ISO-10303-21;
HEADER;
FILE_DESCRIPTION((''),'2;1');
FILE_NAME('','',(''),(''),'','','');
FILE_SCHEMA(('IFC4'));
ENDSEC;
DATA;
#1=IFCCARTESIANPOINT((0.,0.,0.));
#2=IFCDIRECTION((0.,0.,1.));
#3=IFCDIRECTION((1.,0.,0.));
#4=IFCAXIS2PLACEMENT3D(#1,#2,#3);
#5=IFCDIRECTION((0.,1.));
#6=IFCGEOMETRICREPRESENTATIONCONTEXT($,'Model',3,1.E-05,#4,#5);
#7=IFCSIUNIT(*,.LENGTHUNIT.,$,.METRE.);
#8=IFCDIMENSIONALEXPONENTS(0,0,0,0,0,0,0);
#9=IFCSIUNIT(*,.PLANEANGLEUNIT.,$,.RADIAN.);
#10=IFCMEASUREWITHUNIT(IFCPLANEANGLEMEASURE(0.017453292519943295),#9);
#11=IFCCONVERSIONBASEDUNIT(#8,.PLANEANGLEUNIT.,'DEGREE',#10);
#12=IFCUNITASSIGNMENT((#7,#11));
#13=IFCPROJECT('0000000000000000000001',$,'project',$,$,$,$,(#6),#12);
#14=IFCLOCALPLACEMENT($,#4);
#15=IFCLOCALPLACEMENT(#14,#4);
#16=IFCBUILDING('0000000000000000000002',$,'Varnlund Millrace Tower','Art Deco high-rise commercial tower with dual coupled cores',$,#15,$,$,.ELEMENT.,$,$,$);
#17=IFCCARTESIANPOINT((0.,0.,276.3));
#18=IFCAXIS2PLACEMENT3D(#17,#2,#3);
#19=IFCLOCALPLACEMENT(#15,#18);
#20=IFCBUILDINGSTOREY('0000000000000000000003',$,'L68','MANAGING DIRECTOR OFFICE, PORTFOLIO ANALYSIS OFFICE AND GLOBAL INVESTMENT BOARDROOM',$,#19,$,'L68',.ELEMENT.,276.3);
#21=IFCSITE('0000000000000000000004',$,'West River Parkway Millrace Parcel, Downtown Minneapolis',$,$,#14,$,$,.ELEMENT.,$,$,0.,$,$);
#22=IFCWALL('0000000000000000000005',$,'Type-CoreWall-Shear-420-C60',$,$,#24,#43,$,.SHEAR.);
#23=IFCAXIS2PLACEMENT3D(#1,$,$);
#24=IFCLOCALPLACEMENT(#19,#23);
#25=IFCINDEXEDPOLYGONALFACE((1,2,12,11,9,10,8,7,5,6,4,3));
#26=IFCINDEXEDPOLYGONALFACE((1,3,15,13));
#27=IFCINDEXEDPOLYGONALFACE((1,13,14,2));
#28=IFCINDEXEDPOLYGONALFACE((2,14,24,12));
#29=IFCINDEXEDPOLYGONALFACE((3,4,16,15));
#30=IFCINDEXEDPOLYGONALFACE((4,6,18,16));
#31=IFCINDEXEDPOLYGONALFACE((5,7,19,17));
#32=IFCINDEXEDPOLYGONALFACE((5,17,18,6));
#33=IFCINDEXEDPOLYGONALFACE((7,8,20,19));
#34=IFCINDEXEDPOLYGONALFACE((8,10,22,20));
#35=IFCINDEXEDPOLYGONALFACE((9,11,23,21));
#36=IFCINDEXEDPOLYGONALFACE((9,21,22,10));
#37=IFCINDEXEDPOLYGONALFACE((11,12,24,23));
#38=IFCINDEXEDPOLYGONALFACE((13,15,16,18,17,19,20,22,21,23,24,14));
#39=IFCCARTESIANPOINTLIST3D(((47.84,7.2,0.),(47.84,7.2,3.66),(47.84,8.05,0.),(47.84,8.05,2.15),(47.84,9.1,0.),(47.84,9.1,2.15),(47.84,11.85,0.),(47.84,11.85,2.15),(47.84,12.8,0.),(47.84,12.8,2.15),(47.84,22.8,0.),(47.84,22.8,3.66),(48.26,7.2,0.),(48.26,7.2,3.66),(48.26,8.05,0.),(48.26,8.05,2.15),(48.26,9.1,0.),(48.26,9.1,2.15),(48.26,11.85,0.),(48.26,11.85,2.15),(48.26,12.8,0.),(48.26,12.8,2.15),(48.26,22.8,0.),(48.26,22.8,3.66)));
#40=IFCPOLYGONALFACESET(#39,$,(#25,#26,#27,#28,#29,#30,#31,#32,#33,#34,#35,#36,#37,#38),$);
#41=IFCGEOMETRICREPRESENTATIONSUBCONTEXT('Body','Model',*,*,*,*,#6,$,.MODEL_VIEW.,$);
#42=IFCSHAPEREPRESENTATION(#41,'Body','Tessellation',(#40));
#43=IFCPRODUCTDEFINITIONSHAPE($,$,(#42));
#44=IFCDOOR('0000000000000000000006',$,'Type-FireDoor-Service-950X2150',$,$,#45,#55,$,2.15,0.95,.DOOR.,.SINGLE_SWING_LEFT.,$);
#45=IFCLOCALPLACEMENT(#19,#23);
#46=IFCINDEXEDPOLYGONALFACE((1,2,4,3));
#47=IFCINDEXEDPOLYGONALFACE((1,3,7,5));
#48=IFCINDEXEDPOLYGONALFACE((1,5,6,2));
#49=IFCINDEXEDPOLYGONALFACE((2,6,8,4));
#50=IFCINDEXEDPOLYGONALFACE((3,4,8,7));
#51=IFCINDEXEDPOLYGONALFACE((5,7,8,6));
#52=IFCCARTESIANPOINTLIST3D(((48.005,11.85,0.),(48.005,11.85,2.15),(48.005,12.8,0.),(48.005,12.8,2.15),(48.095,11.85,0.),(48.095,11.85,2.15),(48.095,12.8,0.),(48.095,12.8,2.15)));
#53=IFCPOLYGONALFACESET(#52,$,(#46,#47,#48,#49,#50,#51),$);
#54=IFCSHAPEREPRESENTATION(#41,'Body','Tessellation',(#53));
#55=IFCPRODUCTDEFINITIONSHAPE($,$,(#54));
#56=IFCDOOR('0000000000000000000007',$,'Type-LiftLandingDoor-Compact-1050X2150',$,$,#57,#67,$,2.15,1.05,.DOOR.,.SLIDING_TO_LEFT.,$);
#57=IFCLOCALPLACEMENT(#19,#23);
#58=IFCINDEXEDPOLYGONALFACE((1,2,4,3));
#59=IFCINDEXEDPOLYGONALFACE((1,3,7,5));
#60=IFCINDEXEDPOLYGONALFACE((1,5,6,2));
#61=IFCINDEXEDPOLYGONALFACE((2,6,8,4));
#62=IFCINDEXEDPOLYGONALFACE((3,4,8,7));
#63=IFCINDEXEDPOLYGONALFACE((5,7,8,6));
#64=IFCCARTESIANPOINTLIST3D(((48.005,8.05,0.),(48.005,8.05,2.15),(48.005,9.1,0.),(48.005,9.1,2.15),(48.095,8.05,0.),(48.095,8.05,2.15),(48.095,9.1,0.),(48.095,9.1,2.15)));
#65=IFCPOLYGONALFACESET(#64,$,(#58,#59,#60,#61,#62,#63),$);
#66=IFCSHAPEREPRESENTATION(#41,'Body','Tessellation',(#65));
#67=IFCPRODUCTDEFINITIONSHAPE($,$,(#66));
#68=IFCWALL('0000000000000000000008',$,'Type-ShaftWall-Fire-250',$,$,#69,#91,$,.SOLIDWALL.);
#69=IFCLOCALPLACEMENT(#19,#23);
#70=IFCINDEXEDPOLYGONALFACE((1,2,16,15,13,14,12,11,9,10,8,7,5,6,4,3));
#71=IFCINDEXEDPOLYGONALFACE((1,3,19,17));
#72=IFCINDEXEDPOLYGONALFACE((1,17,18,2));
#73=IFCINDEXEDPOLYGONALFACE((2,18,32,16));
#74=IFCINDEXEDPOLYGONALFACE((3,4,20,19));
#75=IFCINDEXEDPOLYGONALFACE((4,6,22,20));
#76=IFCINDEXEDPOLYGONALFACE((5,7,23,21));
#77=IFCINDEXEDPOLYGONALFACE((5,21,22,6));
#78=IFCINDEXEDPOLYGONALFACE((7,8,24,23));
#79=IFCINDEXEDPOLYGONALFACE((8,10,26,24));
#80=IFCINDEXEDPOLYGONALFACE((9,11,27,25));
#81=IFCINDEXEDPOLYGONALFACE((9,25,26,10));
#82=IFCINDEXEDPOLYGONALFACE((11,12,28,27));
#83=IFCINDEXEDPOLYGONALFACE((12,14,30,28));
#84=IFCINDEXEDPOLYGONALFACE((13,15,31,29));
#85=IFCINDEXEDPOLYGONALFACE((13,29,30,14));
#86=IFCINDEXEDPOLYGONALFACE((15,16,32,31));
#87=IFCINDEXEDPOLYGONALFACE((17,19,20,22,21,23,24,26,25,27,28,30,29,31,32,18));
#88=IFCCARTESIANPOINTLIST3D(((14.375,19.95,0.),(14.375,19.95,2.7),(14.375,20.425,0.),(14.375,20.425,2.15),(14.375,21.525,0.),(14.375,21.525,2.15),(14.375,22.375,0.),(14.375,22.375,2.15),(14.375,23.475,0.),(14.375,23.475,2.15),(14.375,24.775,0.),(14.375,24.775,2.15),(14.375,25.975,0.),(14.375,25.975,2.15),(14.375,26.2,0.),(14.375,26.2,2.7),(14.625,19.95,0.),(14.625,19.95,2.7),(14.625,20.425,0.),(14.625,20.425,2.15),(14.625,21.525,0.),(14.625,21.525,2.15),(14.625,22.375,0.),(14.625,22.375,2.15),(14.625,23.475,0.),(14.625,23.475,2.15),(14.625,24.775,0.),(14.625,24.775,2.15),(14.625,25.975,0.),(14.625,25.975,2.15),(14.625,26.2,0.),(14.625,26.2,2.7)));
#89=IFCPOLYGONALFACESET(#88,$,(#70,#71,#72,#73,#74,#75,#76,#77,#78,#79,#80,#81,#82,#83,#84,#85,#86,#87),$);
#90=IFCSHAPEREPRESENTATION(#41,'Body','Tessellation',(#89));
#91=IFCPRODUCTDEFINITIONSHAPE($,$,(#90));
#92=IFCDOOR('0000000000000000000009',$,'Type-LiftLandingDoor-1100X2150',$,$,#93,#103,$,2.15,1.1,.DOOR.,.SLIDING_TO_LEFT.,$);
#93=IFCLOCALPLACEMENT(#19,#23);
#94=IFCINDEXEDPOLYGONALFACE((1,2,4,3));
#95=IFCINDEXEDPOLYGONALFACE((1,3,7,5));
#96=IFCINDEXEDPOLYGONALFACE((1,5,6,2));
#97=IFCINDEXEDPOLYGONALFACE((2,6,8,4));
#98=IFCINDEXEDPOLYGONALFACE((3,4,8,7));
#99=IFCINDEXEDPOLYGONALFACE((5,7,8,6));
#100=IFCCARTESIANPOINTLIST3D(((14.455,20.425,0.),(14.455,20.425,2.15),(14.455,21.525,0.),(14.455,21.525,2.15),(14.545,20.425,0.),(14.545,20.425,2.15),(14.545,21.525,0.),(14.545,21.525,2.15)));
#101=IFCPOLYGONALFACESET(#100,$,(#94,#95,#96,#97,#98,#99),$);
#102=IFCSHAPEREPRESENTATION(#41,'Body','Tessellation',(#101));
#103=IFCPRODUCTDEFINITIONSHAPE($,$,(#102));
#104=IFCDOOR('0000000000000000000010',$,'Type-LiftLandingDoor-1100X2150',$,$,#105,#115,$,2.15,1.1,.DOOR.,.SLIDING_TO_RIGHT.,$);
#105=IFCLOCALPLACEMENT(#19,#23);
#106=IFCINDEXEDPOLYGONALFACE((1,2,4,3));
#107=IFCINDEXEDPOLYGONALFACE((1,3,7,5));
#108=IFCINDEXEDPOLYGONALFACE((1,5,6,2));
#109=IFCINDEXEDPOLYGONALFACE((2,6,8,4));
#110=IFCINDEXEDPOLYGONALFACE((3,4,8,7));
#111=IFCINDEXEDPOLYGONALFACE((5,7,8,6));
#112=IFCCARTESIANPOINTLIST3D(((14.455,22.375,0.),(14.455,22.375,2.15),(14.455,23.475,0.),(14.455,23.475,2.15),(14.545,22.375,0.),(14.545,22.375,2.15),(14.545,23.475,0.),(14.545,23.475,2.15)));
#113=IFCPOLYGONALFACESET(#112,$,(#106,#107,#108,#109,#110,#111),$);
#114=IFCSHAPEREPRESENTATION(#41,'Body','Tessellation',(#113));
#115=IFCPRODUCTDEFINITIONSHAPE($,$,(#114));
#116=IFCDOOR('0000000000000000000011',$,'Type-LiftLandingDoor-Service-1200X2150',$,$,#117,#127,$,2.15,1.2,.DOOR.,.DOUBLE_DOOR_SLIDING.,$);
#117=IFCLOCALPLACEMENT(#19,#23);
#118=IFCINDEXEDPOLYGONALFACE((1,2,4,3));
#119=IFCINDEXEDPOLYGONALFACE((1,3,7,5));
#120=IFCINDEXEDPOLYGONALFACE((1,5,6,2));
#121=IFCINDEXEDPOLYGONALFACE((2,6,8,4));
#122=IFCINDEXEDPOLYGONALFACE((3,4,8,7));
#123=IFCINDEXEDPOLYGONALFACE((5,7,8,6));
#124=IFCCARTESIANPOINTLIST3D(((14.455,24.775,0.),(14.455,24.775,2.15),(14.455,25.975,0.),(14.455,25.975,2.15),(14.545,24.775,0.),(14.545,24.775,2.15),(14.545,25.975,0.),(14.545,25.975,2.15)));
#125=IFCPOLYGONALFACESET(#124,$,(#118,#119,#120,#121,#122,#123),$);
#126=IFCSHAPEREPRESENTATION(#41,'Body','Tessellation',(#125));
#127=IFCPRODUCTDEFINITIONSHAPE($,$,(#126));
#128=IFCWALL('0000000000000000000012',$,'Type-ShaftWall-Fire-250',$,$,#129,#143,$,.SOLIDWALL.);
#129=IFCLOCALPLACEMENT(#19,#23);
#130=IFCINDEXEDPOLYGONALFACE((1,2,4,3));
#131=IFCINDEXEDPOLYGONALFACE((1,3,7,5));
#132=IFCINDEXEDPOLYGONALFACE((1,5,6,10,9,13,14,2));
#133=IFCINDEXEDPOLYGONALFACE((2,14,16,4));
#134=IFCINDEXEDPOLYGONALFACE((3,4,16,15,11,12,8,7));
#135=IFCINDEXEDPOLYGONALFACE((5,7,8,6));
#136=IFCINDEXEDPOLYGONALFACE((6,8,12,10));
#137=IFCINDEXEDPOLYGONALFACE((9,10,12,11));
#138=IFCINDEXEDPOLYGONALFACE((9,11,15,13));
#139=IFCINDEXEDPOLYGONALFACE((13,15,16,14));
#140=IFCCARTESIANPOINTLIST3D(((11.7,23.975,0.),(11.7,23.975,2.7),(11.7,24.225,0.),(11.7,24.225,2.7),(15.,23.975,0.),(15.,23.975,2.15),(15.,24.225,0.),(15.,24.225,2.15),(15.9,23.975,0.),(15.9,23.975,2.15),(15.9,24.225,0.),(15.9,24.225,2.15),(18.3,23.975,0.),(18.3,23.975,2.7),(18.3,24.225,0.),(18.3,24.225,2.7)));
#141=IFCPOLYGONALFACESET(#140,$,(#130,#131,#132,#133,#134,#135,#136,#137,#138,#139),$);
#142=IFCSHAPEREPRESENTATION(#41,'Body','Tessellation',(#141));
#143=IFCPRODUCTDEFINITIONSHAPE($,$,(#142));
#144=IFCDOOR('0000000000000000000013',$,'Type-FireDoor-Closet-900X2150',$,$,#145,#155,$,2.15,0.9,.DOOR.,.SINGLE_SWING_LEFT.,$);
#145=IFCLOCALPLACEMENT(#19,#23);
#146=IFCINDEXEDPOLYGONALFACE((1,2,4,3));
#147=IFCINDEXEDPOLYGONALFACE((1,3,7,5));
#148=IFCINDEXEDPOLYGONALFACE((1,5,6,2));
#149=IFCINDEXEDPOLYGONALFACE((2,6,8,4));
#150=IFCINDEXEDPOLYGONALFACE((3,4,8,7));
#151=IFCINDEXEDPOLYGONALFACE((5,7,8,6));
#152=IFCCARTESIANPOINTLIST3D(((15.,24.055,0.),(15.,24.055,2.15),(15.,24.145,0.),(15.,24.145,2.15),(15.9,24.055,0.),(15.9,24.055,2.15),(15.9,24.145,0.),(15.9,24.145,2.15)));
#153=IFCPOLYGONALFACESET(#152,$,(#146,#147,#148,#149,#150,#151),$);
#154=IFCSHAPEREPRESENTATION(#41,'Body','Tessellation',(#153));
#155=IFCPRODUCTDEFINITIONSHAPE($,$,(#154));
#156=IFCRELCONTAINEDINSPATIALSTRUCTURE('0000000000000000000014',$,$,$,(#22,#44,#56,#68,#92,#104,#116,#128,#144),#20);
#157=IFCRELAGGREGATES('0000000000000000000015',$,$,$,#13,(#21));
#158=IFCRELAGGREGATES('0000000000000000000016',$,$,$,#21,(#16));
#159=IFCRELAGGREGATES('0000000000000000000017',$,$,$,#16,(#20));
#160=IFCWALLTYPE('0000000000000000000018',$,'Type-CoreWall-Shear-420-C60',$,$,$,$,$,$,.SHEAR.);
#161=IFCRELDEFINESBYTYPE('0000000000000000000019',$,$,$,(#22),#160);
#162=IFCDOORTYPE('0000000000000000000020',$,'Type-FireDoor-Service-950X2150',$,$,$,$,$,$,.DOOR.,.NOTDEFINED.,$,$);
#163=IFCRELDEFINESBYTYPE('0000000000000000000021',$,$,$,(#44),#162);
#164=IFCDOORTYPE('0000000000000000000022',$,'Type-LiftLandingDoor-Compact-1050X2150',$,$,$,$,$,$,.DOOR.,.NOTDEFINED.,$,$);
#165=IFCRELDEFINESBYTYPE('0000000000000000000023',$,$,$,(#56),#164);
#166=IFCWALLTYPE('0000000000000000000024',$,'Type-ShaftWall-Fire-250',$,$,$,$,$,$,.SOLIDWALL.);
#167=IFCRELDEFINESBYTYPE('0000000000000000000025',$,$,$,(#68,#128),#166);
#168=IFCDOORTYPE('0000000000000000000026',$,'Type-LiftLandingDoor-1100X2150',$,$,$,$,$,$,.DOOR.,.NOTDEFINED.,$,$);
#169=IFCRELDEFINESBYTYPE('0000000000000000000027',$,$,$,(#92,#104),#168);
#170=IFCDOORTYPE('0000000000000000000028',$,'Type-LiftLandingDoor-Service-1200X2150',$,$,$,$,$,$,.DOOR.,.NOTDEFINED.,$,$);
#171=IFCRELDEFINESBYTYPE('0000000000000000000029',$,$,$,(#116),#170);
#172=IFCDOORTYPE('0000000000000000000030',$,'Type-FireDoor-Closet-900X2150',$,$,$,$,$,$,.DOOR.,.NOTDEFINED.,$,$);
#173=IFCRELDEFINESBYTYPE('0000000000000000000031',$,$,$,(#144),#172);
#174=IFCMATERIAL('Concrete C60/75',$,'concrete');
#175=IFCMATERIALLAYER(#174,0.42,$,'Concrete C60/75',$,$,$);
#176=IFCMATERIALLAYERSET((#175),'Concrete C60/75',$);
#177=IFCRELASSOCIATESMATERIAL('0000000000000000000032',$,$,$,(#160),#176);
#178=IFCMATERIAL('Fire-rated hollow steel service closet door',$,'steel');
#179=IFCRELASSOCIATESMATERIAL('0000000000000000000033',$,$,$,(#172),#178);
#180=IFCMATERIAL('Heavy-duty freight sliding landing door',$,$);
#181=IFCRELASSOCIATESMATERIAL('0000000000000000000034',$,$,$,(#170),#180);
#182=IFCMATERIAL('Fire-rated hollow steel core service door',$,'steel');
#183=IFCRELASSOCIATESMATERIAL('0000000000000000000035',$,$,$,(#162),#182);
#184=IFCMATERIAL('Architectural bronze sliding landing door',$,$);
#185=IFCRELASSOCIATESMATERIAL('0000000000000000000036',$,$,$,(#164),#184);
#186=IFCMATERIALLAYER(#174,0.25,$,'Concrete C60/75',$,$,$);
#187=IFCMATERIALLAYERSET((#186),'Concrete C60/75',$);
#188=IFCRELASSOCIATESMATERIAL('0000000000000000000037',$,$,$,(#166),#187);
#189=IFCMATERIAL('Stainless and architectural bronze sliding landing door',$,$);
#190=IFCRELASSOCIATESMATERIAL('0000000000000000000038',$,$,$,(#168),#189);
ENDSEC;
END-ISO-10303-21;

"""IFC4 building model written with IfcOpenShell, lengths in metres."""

from ifc_helpers import new_model, entity, si_unit, converted_unit, direction, frame, origin_with_axes, origin_2d_with_axis, place, context, subcontext, project, spatial, polyline, rectangle, outline, extrude, material, layer, layer_set, type_object, element, fill, save


model = new_model("IFC4")

# Units and contexts
model_context = context("Model", 3, precision=1e-05, world=origin_with_axes(), true_north=direction((0.0, 1.0)))
body_context = subcontext(model_context, "Body", "Model", "MODEL_VIEW")
ifc_project = project(units=[si_unit("LENGTHUNIT", "METRE"), converted_unit("PLANEANGLEUNIT", "DEGREE", entity("IfcPlaneAngleMeasure", 0.017453292519943295), si_unit("PLANEANGLEUNIT", "RADIAN"), dimensions=[0, 0, 0, 0, 0, 0, 0])], contexts=[model_context])

# Site, building, storey
site_placement = place(None, origin_with_axes())
site = spatial("IfcSite", under=ifc_project, at=site_placement, Name="West River Parkway Millrace Parcel, Downtown Minneapolis", CompositionType="ELEMENT", RefElevation=0.0)
building_placement = place(site_placement, origin_with_axes())
building = spatial("IfcBuilding", under=site, at=building_placement, Name="Varnlund Millrace Tower", Description="Art Deco high-rise commercial tower with dual coupled cores", CompositionType="ELEMENT")
storey_placement = place(building_placement, frame((0.0, 0.0, 276.3), z_axis=(0.0, 0.0, 1.0), x_axis=(1.0, 0.0, 0.0)))
storey = spatial("IfcBuildingStorey", under=building, at=storey_placement, Name="L68", Description="MANAGING DIRECTOR OFFICE, PORTFOLIO ANALYSIS OFFICE AND GLOBAL INVESTMENT BOARDROOM", LongName="L68", CompositionType="ELEMENT", Elevation=276.3)

# Shared definitions
ifc_material_1 = material(Name="Concrete C60/75", Category="concrete")
ifc_layer_1 = layer(ifc_material_1, 0.42, Name="Concrete C60/75")
ifc_layer_set_1 = layer_set([ifc_layer_1], Name="Concrete C60/75")
wall_type_1 = type_object("IfcWallType", Name="Type-CoreWall-Shear-420-C60", PredefinedType="SHEAR", material=ifc_layer_set_1)
ifc_material_2 = material(Name="Fire-rated hollow steel service closet door", Category="steel")
door_type_1 = type_object("IfcDoorType", Name="Type-FireDoor-Closet-900X2150", OperationType="NOTDEFINED", PredefinedType="DOOR", material=ifc_material_2)
ifc_material_3 = material(Name="Heavy-duty freight sliding landing door")
door_type_2 = type_object("IfcDoorType", Name="Type-LiftLandingDoor-Service-1200X2150", OperationType="NOTDEFINED", PredefinedType="DOOR", material=ifc_material_3)

# Walls, openings, doors
wall_1_placement = place(storey_placement, frame((48.05, 7.2, 0.0), z_axis=(0.0, 0.0, 1.0), x_axis=(0.0, 1.0, 0.0)))
wall_1 = element("IfcWall", 1, at=wall_1_placement, inside=storey, type_object=wall_type_1, Name="Type-CoreWall-Shear-420-C60", PredefinedType="SHEAR", context=body_context, shape_type="SweptSolid", body=[
    extrude(outline(polyline([(0.0, -0.21), (15.6, -0.21), (15.6, 0.21), (0.0, 0.21), (0.0, -0.21)])), origin_with_axes(), (0.0, 0.0, 1.0), 3.66),
])
opening_1_placement = place(wall_1_placement, frame((1.375, 0.0, 0.0), z_axis=(0.0, 0.0, 1.0), x_axis=(1.0, 0.0, 0.0)))
opening_1 = element("IfcOpeningElement", 2, at=opening_1_placement, cuts=wall_1, PredefinedType="OPENING", context=body_context, shape_type="SweptSolid", body=[
    extrude(rectangle(XDim=1.05, YDim=0.44, at=origin_2d_with_axis()), origin_with_axes(), (0.0, 0.0, 1.0), 2.15),
])
opening_2_placement = place(wall_1_placement, frame((5.125, 0.0, 0.0), z_axis=(0.0, 0.0, 1.0), x_axis=(1.0, 0.0, 0.0)))
opening_2 = element("IfcOpeningElement", 3, at=opening_2_placement, cuts=wall_1, PredefinedType="OPENING", context=body_context, shape_type="SweptSolid", body=[
    extrude(rectangle(XDim=0.95, YDim=0.44, at=origin_2d_with_axis()), origin_with_axes(), (0.0, 0.0, 1.0), 2.15),
])
ifc_material_4 = material(Name="Fire-rated hollow steel core service door", Category="steel")
door_type_3 = type_object("IfcDoorType", Name="Type-FireDoor-Service-950X2150", OperationType="NOTDEFINED", PredefinedType="DOOR", material=ifc_material_4)
door_1_placement = place(wall_1_placement, frame((5.125, 0.0, 0.0), z_axis=(0.0, 0.0, 1.0), x_axis=(1.0, 0.0, 0.0)))
door_1 = element("IfcDoor", 4, at=door_1_placement, inside=storey, type_object=door_type_3, Name="Type-FireDoor-Service-950X2150", OperationType="SINGLE_SWING_LEFT", OverallHeight=2.15, OverallWidth=0.95, PredefinedType="DOOR", context=body_context, shape_type="SweptSolid", body=[
    extrude(rectangle(XDim=0.95, YDim=0.09, at=origin_2d_with_axis()), origin_with_axes(), (0.0, 0.0, 1.0), 2.15),
])
fill(opening_2, door_1)
ifc_material_5 = material(Name="Architectural bronze sliding landing door")
door_type_4 = type_object("IfcDoorType", Name="Type-LiftLandingDoor-Compact-1050X2150", OperationType="NOTDEFINED", PredefinedType="DOOR", material=ifc_material_5)
door_2_placement = place(wall_1_placement, frame((1.375, 0.0, 0.0), z_axis=(0.0, 0.0, 1.0), x_axis=(1.0, 0.0, 0.0)))
door_2 = element("IfcDoor", 5, at=door_2_placement, inside=storey, type_object=door_type_4, Name="Type-LiftLandingDoor-Compact-1050X2150", OperationType="SLIDING_TO_LEFT", OverallHeight=2.15, OverallWidth=1.05, PredefinedType="DOOR", context=body_context, shape_type="SweptSolid", body=[
    extrude(rectangle(XDim=1.05, YDim=0.09, at=origin_2d_with_axis()), origin_with_axes(), (0.0, 0.0, 1.0), 2.15),
])
fill(opening_1, door_2)
ifc_layer_2 = layer(ifc_material_1, 0.25, Name="Concrete C60/75")
ifc_layer_set_2 = layer_set([ifc_layer_2], Name="Concrete C60/75")
wall_type_2 = type_object("IfcWallType", Name="Type-ShaftWall-Fire-250", PredefinedType="SOLIDWALL", material=ifc_layer_set_2)
wall_2_placement = place(storey_placement, frame((14.5, 19.95, 0.0), z_axis=(0.0, 0.0, 1.0), x_axis=(0.0, 1.0, 0.0)))
wall_2 = element("IfcWall", 6, at=wall_2_placement, inside=storey, type_object=wall_type_2, Name="Type-ShaftWall-Fire-250", PredefinedType="SOLIDWALL", context=body_context, shape_type="SweptSolid", body=[
    extrude(outline(polyline([(0.0, -0.125), (6.25, -0.125), (6.25, 0.125), (0.0, 0.125), (0.0, -0.125)])), origin_with_axes(), (0.0, 0.0, 1.0), 2.7),
])
opening_3_placement = place(wall_2_placement, frame((1.025, 0.0, 0.0), z_axis=(0.0, 0.0, 1.0), x_axis=(1.0, 0.0, 0.0)))
opening_3 = element("IfcOpeningElement", 7, at=opening_3_placement, cuts=wall_2, PredefinedType="OPENING", context=body_context, shape_type="SweptSolid", body=[
    extrude(rectangle(XDim=1.1, YDim=0.27, at=origin_2d_with_axis()), origin_with_axes(), (0.0, 0.0, 1.0), 2.15),
])
opening_4_placement = place(wall_2_placement, frame((2.975, 0.0, 0.0), z_axis=(0.0, 0.0, 1.0), x_axis=(1.0, 0.0, 0.0)))
opening_4 = element("IfcOpeningElement", 8, at=opening_4_placement, cuts=wall_2, PredefinedType="OPENING", context=body_context, shape_type="SweptSolid", body=[
    extrude(rectangle(XDim=1.1, YDim=0.27, at=origin_2d_with_axis()), origin_with_axes(), (0.0, 0.0, 1.0), 2.15),
])
opening_5_placement = place(wall_2_placement, frame((5.425, 0.0, 0.0), z_axis=(0.0, 0.0, 1.0), x_axis=(1.0, 0.0, 0.0)))
opening_5 = element("IfcOpeningElement", 9, at=opening_5_placement, cuts=wall_2, PredefinedType="OPENING", context=body_context, shape_type="SweptSolid", body=[
    extrude(rectangle(XDim=1.2, YDim=0.27, at=origin_2d_with_axis()), origin_with_axes(), (0.0, 0.0, 1.0), 2.15),
])
ifc_material_6 = material(Name="Stainless and architectural bronze sliding landing door")
door_type_5 = type_object("IfcDoorType", Name="Type-LiftLandingDoor-1100X2150", OperationType="NOTDEFINED", PredefinedType="DOOR", material=ifc_material_6)
door_3_placement = place(wall_2_placement, frame((1.025, 0.0, 0.0), z_axis=(0.0, 0.0, 1.0), x_axis=(1.0, 0.0, 0.0)))
door_3 = element("IfcDoor", 10, at=door_3_placement, inside=storey, type_object=door_type_5, Name="Type-LiftLandingDoor-1100X2150", OperationType="SLIDING_TO_LEFT", OverallHeight=2.15, OverallWidth=1.1, PredefinedType="DOOR", context=body_context, shape_type="SweptSolid", body=[
    extrude(rectangle(XDim=1.1, YDim=0.09, at=origin_2d_with_axis()), origin_with_axes(), (0.0, 0.0, 1.0), 2.15),
])
fill(opening_3, door_3)
door_4_placement = place(wall_2_placement, frame((2.975, 0.0, 0.0), z_axis=(0.0, 0.0, 1.0), x_axis=(1.0, 0.0, 0.0)))
door_4 = element("IfcDoor", 11, at=door_4_placement, inside=storey, type_object=door_type_5, Name="Type-LiftLandingDoor-1100X2150", OperationType="SLIDING_TO_RIGHT", OverallHeight=2.15, OverallWidth=1.1, PredefinedType="DOOR", context=body_context, shape_type="SweptSolid", body=[
    extrude(rectangle(XDim=1.1, YDim=0.09, at=origin_2d_with_axis()), origin_with_axes(), (0.0, 0.0, 1.0), 2.15),
])
fill(opening_4, door_4)
door_5_placement = place(wall_2_placement, frame((5.425, 0.0, 0.0), z_axis=(0.0, 0.0, 1.0), x_axis=(1.0, 0.0, 0.0)))
door_5 = element("IfcDoor", 12, at=door_5_placement, inside=storey, type_object=door_type_2, Name="Type-LiftLandingDoor-Service-1200X2150", OperationType="DOUBLE_DOOR_SLIDING", OverallHeight=2.15, OverallWidth=1.2, PredefinedType="DOOR", context=body_context, shape_type="SweptSolid", body=[
    extrude(rectangle(XDim=1.2, YDim=0.09, at=origin_2d_with_axis()), origin_with_axes(), (0.0, 0.0, 1.0), 2.15),
])
fill(opening_5, door_5)

# Wall, opening, door
wall_3_placement = place(storey_placement, frame((11.7, 24.1, 0.0), z_axis=(0.0, 0.0, 1.0), x_axis=(1.0, 0.0, 0.0)))
wall_3 = element("IfcWall", 13, at=wall_3_placement, inside=storey, type_object=wall_type_2, Name="Type-ShaftWall-Fire-250", PredefinedType="SOLIDWALL", context=body_context, shape_type="SweptSolid", body=[
    extrude(outline(polyline([(0.0, -0.125), (6.6, -0.125), (6.6, 0.125), (0.0, 0.125), (0.0, -0.125)])), origin_with_axes(), (0.0, 0.0, 1.0), 2.7),
])
opening_6_placement = place(wall_3_placement, frame((3.75, 0.0, 0.0), z_axis=(0.0, 0.0, 1.0), x_axis=(1.0, 0.0, 0.0)))
opening_6 = element("IfcOpeningElement", 14, at=opening_6_placement, cuts=wall_3, PredefinedType="OPENING", context=body_context, shape_type="SweptSolid", body=[
    extrude(rectangle(XDim=0.9, YDim=0.27, at=origin_2d_with_axis()), origin_with_axes(), (0.0, 0.0, 1.0), 2.15),
])
door_6_placement = place(wall_3_placement, frame((3.75, 0.0, 0.0), z_axis=(0.0, 0.0, 1.0), x_axis=(1.0, 0.0, 0.0)))
door_6 = element("IfcDoor", 15, at=door_6_placement, inside=storey, type_object=door_type_1, Name="Type-FireDoor-Closet-900X2150", OperationType="SINGLE_SWING_LEFT", OverallHeight=2.15, OverallWidth=0.9, PredefinedType="DOOR", context=body_context, shape_type="SweptSolid", body=[
    extrude(rectangle(XDim=0.9, YDim=0.09, at=origin_2d_with_axis()), origin_with_axes(), (0.0, 0.0, 1.0), 2.15),
])
fill(opening_6, door_6)

save(model, "model.ifc")
